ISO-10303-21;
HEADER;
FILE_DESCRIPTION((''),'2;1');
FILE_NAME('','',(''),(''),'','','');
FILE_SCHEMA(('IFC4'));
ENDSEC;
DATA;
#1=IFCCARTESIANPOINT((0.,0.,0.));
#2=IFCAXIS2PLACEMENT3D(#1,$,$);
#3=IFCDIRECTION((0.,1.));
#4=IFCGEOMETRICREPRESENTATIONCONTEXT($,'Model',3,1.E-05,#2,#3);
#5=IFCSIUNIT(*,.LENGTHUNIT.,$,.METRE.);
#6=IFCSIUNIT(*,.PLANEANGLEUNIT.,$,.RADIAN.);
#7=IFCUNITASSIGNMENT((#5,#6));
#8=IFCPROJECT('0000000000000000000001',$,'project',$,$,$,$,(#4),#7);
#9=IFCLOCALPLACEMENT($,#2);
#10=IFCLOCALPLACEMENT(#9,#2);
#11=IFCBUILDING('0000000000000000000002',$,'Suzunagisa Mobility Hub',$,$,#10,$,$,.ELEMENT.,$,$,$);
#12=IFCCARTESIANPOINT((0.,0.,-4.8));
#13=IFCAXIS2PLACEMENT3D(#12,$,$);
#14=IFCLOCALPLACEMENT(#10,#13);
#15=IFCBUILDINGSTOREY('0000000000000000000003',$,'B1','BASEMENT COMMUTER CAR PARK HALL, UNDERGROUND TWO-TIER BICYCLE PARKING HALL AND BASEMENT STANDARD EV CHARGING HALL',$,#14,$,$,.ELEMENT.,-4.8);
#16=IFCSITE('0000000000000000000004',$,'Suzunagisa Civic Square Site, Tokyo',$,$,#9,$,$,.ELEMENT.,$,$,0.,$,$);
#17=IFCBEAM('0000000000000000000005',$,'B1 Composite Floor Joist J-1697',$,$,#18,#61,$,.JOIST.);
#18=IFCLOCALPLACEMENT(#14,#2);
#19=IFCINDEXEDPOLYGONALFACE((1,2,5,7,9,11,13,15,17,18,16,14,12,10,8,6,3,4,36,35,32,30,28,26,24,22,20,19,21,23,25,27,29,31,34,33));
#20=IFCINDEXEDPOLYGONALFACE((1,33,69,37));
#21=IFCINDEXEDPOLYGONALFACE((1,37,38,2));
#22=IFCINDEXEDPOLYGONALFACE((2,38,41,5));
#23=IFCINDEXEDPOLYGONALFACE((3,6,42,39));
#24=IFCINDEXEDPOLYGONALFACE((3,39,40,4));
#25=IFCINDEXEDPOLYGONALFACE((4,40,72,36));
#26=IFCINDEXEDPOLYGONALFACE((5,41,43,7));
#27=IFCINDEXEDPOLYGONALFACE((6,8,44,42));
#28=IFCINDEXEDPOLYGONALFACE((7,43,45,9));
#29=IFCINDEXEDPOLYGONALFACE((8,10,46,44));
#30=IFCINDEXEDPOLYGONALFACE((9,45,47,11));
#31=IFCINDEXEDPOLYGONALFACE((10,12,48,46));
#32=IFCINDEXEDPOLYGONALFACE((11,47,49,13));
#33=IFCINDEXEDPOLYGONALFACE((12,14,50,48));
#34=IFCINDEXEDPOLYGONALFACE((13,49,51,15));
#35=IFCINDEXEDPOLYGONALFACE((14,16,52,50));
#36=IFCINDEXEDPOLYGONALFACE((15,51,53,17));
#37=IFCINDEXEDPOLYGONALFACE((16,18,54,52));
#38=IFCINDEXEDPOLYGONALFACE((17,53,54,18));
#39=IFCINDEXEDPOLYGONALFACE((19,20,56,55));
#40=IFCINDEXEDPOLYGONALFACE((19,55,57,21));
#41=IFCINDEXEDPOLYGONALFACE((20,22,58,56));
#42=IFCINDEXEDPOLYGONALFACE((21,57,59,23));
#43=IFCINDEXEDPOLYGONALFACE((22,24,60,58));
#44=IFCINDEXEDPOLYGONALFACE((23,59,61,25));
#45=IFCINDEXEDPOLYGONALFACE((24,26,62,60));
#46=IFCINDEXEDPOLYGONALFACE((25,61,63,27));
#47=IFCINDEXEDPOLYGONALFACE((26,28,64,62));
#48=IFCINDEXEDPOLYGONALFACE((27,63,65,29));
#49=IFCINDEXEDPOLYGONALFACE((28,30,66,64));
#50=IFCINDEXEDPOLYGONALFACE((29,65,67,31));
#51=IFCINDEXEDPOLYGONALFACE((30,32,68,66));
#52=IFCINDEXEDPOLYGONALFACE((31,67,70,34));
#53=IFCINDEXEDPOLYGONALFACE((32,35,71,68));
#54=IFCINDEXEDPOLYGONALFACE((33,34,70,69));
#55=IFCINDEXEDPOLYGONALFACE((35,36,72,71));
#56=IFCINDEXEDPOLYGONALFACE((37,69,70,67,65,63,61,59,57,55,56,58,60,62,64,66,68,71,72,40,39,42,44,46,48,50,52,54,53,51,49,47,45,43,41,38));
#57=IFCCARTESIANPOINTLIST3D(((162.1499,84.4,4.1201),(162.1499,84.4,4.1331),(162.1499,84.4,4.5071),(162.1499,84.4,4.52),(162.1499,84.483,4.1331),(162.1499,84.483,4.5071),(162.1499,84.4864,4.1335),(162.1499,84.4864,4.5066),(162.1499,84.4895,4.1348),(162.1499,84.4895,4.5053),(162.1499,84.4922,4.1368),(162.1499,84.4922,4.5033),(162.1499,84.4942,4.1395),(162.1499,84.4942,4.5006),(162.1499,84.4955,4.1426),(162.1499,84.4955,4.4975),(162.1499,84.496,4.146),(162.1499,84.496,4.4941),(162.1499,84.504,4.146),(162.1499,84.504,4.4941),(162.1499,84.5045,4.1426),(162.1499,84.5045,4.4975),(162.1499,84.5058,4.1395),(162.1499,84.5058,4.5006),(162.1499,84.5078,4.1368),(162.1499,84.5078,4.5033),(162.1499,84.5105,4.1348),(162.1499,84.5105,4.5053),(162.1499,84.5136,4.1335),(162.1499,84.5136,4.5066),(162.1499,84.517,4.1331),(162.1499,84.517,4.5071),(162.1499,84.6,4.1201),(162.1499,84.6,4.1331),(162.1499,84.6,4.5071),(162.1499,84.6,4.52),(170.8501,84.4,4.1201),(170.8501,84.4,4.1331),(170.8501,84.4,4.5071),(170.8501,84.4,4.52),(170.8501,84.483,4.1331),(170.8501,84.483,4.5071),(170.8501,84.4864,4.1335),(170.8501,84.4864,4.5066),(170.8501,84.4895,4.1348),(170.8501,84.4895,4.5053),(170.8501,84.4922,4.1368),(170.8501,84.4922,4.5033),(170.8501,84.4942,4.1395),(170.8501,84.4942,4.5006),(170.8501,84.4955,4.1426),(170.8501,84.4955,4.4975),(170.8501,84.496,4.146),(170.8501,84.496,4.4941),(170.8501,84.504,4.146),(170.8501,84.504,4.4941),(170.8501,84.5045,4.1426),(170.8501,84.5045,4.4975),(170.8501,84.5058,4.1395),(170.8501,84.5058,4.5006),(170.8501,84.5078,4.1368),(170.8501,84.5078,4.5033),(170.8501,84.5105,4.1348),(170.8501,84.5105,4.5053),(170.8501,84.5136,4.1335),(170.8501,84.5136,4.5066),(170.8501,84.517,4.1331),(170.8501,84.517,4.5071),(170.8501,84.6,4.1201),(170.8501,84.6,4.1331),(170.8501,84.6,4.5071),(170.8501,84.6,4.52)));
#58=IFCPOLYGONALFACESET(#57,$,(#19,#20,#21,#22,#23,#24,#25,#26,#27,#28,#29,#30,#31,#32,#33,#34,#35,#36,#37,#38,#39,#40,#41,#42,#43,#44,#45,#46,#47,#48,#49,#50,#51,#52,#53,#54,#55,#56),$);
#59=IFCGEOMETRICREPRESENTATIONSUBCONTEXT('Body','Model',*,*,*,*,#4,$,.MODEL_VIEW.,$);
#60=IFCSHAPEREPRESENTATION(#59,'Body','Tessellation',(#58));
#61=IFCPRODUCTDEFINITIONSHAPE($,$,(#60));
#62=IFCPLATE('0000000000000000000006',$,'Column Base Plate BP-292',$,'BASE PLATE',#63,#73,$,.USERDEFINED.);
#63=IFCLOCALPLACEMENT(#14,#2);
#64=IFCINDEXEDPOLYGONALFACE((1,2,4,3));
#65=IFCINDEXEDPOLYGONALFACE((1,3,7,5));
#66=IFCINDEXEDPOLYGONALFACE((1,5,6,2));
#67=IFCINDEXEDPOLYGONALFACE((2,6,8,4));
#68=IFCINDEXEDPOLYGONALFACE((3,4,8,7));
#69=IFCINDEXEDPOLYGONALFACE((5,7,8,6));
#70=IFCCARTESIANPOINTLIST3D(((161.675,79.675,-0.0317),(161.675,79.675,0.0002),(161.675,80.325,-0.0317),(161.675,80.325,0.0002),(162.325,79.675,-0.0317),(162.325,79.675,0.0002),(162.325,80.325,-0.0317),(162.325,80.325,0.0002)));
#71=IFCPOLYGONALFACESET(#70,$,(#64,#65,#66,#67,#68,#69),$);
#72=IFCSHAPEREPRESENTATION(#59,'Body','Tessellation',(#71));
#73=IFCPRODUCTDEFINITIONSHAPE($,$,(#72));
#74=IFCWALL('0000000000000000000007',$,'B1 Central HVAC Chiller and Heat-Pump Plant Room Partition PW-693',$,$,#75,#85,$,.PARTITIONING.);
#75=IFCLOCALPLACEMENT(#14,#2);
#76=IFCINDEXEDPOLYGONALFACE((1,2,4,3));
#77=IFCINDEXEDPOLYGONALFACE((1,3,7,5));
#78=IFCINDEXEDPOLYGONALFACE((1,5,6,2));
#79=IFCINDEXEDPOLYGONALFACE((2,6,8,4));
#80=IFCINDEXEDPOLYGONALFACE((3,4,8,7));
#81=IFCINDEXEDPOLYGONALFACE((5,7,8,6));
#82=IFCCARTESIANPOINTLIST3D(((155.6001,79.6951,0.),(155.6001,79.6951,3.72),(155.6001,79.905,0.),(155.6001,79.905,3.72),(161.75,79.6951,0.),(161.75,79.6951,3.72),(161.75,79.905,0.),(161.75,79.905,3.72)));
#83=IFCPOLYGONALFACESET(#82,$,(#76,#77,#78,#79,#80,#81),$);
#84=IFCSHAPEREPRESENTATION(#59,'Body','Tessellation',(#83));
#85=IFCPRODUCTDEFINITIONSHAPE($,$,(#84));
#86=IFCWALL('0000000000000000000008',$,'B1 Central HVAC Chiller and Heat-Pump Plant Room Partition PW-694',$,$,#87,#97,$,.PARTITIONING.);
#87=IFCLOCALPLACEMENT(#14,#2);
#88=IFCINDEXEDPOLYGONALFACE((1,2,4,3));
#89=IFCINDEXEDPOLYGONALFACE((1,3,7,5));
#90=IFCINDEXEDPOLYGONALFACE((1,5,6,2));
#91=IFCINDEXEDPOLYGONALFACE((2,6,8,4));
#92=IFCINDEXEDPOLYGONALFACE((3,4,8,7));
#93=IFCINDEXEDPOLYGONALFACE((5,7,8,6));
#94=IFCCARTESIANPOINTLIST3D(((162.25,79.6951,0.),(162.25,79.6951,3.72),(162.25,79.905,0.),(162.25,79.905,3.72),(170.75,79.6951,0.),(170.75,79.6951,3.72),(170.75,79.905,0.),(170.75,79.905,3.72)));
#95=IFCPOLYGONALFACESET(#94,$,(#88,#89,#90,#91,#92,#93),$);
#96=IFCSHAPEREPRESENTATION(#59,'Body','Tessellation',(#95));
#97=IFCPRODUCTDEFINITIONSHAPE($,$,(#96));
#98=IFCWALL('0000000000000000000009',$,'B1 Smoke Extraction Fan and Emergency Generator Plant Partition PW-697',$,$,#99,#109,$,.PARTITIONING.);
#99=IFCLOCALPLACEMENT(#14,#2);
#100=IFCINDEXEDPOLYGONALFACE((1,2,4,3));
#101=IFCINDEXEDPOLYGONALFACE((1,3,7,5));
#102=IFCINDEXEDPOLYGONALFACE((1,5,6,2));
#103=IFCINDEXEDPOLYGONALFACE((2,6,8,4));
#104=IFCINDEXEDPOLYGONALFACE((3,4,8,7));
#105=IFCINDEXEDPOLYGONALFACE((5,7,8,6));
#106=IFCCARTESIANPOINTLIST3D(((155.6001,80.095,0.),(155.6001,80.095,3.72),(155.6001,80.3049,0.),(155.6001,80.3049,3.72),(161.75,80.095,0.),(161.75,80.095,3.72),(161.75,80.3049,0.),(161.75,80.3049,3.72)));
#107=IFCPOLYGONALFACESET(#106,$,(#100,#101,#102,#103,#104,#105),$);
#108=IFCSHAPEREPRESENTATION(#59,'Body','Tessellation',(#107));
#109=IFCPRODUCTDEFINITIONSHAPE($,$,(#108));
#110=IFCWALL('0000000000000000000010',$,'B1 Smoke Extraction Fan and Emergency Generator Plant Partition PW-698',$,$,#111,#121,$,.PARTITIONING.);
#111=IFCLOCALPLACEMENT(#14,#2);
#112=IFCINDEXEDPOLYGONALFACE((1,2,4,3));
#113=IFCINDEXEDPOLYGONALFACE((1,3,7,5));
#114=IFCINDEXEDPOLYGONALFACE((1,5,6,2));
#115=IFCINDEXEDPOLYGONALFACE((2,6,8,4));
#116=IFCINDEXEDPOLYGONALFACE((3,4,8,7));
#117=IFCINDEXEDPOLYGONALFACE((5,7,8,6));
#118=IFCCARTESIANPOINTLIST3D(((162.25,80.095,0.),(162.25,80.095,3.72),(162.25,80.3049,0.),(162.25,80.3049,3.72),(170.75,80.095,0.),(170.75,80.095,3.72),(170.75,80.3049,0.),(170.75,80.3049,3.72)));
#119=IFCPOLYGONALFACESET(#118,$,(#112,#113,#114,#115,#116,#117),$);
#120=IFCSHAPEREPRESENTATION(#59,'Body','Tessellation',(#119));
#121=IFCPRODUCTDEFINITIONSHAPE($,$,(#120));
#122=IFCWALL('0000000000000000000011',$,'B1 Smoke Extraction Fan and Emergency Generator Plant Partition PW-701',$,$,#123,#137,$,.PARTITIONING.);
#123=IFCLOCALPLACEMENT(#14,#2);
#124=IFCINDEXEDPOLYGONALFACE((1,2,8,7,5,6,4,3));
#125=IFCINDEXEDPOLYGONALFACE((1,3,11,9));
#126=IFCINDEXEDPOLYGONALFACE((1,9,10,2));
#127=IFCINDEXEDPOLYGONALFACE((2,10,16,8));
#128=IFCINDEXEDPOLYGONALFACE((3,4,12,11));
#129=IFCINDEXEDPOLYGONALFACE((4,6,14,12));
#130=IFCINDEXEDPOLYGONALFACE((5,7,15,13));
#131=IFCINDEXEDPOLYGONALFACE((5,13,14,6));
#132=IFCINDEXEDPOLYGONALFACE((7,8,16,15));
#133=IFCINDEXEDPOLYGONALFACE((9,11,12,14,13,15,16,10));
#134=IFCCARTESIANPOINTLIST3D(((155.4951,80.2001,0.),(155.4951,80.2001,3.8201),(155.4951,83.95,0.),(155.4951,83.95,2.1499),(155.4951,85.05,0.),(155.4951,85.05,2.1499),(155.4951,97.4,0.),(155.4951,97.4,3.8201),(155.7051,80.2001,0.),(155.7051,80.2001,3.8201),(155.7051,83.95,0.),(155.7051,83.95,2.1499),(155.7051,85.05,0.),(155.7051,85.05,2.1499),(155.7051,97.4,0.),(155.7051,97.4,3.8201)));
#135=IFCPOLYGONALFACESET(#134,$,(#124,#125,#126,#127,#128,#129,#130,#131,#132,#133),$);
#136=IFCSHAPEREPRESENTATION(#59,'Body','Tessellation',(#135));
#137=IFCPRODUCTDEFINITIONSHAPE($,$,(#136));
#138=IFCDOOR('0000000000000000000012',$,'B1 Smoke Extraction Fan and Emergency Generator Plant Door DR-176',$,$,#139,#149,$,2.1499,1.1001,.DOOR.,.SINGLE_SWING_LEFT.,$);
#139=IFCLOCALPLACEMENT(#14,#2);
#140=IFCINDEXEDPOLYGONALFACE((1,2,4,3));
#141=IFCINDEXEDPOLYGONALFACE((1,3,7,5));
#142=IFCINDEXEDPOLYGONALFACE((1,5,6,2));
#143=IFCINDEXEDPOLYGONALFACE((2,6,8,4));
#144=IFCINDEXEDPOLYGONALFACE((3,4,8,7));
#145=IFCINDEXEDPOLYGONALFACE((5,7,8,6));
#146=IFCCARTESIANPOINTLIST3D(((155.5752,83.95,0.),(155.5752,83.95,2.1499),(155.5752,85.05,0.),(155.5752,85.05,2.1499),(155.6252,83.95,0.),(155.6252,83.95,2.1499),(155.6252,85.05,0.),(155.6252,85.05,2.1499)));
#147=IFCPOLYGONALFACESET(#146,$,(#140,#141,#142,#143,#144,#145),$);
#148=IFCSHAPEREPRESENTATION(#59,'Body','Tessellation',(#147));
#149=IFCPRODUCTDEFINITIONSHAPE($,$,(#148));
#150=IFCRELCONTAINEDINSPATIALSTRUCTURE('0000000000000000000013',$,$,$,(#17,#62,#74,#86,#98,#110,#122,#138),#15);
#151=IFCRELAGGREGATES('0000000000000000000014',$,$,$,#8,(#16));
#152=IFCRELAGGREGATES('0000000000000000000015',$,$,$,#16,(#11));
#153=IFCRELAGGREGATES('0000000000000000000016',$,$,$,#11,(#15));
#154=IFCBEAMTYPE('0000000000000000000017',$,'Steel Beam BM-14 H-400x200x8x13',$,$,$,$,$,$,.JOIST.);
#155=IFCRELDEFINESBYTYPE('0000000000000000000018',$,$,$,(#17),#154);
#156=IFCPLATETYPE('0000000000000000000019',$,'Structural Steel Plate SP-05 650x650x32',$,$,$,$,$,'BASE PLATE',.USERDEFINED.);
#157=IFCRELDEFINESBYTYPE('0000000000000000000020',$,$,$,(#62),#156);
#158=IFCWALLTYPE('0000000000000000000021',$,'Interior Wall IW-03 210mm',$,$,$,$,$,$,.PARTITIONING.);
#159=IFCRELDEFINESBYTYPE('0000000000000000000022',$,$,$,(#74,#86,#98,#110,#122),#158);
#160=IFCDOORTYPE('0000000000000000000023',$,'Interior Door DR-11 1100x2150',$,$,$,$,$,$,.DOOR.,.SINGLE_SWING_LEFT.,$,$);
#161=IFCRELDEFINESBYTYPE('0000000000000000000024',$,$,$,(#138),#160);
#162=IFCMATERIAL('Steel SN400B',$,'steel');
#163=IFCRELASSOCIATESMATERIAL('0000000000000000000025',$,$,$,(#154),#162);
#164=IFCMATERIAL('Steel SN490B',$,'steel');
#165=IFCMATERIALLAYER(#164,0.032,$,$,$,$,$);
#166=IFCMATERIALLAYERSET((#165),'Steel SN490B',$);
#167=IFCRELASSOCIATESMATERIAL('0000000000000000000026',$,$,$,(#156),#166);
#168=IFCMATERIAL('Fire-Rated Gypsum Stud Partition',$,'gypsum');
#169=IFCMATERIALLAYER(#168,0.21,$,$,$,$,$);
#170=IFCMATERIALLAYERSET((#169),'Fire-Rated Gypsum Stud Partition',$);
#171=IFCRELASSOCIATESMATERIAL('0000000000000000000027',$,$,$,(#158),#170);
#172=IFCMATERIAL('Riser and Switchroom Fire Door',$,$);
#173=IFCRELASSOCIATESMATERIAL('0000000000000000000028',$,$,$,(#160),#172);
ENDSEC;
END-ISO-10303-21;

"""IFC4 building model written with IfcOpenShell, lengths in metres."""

from ifc_helpers import new_model, si_unit, direction, frame, frame_2d, origin, origin_2d, place, context, subcontext, project, spatial, rectangle, i_section, extrude, material, layer, layer_set, material_profile, profile_set, type_object, element, fill, save


model = new_model("IFC4")

# Units and contexts
model_context = context("Model", 3, precision=1e-05, world=origin(), true_north=direction((0.0, 1.0)))
body_context = subcontext(model_context, "Body", "Model", "MODEL_VIEW")
ifc_project = project(units=[si_unit("LENGTHUNIT", "METRE"), si_unit("PLANEANGLEUNIT", "RADIAN")], contexts=[model_context])

# Site, building, storey
site_placement = place(None, origin())
site = spatial("IfcSite", under=ifc_project, at=site_placement, Name="Suzunagisa Civic Square Site, Tokyo", CompositionType="ELEMENT", RefElevation=0.0)
building_placement = place(site_placement, origin())
building = spatial("IfcBuilding", under=site, at=building_placement, Name="Suzunagisa Mobility Hub", CompositionType="ELEMENT")
storey_placement = place(building_placement, frame((0.0, 0.0, -4.8)))
storey = spatial("IfcBuildingStorey", under=building, at=storey_placement, Name="B1", Description="BASEMENT COMMUTER CAR PARK HALL, UNDERGROUND TWO-TIER BICYCLE PARKING HALL AND BASEMENT STANDARD EV CHARGING HALL", CompositionType="ELEMENT", Elevation=-4.8)

# Shared definitions
ifc_material_1 = material(Name="Steel SN490B", Category="steel")

# Beam
ifc_material_2 = material(Name="Steel SN400B", Category="steel")
ifc_material_profile_1 = material_profile(ifc_material_2, i_section(OverallWidth=0.2, OverallDepth=0.3999, WebThickness=0.0081, FlangeThickness=0.0129, FilletRadius=0.0129, at=origin_2d()), Name="H-400x200x8x13")
ifc_profile_set_1 = profile_set([ifc_material_profile_1], Name="Steel SN400B")
beam_type_1 = type_object("IfcBeamType", Name="Steel Beam BM-14 H-400x200x8x13", PredefinedType="JOIST", material=ifc_profile_set_1)
for number, where, z_axis, x_axis, name in (
    (1, (162.1499, 84.5, 4.3201), (1.0, 0.0, 0.0), (0.0, 1.0, 0.0), "B1 Composite Floor Joist J-1697"),
):
    element("IfcBeam", number, at=place(storey_placement, frame(where, z_axis=z_axis, x_axis=x_axis)), inside=storey, type_object=beam_type_1, Name=name, PredefinedType="JOIST", context=body_context, shape_type="SweptSolid", body=[
        extrude(i_section(OverallWidth=0.2, OverallDepth=0.3999, WebThickness=0.0081, FlangeThickness=0.0129, FilletRadius=0.0129, at=origin_2d()), origin(), (0.0, 0.0, 1.0), 8.7002),
    ])

# Plate
ifc_layer_1 = layer(ifc_material_1, 0.032)
ifc_layer_set_1 = layer_set([ifc_layer_1], Name="Steel SN490B")
plate_type = type_object("IfcPlateType", Name="Structural Steel Plate SP-05 650x650x32", ElementType="BASE PLATE", PredefinedType="USERDEFINED", material=ifc_layer_set_1)
plate_placement = place(storey_placement, frame((162.0, 80.0, -0.0317), z_axis=(0.0, 0.0, 1.0), x_axis=(1.0, 0.0, 0.0)))
element("IfcPlate", 2, at=plate_placement, inside=storey, type_object=plate_type, Name="Column Base Plate BP-292", ObjectType="BASE PLATE", PredefinedType="USERDEFINED", context=body_context, shape_type="SweptSolid", body=[
    extrude(rectangle(XDim=0.6499, YDim=0.6499, at=origin_2d()), origin(), (0.0, 0.0, 1.0), 0.032),
])

# Walls
ifc_material_3 = material(Name="Fire-Rated Gypsum Stud Partition", Category="gypsum")
ifc_layer_2 = layer(ifc_material_3, 0.21)
ifc_layer_set_2 = layer_set([ifc_layer_2], Name="Fire-Rated Gypsum Stud Partition")
wall_type = type_object("IfcWallType", Name="Interior Wall IW-03 210mm", PredefinedType="PARTITIONING", material=ifc_layer_set_2)
wall_1_placement = place(storey_placement, frame((155.6001, 79.8, 0.0), z_axis=(0.0, 0.0, 1.0), x_axis=(1.0, 0.0, 0.0)))
element("IfcWall", 3, at=wall_1_placement, inside=storey, type_object=wall_type, Name="B1 Central HVAC Chiller and Heat-Pump Plant Room Partition PW-693", PredefinedType="PARTITIONING", context=body_context, shape_type="SweptSolid", body=[
    extrude(rectangle(XDim=6.1499, YDim=0.21, at=frame_2d((3.075, 0.0))), origin(), (0.0, 0.0, 1.0), 3.72),
])
wall_2_placement = place(storey_placement, frame((162.25, 79.8, 0.0), z_axis=(0.0, 0.0, 1.0), x_axis=(1.0, 0.0, 0.0)))
element("IfcWall", 4, at=wall_2_placement, inside=storey, type_object=wall_type, Name="B1 Central HVAC Chiller and Heat-Pump Plant Room Partition PW-694", PredefinedType="PARTITIONING", context=body_context, shape_type="SweptSolid", body=[
    extrude(rectangle(XDim=8.5, YDim=0.21, at=frame_2d((4.25, 0.0))), origin(), (0.0, 0.0, 1.0), 3.72),
])
wall_3_placement = place(storey_placement, frame((155.6001, 80.2, 0.0), z_axis=(0.0, 0.0, 1.0), x_axis=(1.0, 0.0, 0.0)))
element("IfcWall", 5, at=wall_3_placement, inside=storey, type_object=wall_type, Name="B1 Smoke Extraction Fan and Emergency Generator Plant Partition PW-697", PredefinedType="PARTITIONING", context=body_context, shape_type="SweptSolid", body=[
    extrude(rectangle(XDim=6.1499, YDim=0.21, at=frame_2d((3.075, 0.0))), origin(), (0.0, 0.0, 1.0), 3.72),
])
wall_4_placement = place(storey_placement, frame((162.25, 80.2, 0.0), z_axis=(0.0, 0.0, 1.0), x_axis=(1.0, 0.0, 0.0)))
element("IfcWall", 6, at=wall_4_placement, inside=storey, type_object=wall_type, Name="B1 Smoke Extraction Fan and Emergency Generator Plant Partition PW-698", PredefinedType="PARTITIONING", context=body_context, shape_type="SweptSolid", body=[
    extrude(rectangle(XDim=8.5, YDim=0.21, at=frame_2d((4.25, 0.0))), origin(), (0.0, 0.0, 1.0), 3.72),
])

# Wall, opening, door
wall_5_placement = place(storey_placement, frame((155.6001, 80.2, 0.0), z_axis=(0.0, 0.0, 1.0), x_axis=(0.0, 1.0, 0.0)))
wall_5 = element("IfcWall", 7, at=wall_5_placement, inside=storey, type_object=wall_type, Name="B1 Smoke Extraction Fan and Emergency Generator Plant Partition PW-701", PredefinedType="PARTITIONING", context=body_context, shape_type="SweptSolid", body=[
    extrude(rectangle(XDim=17.2, YDim=0.21, at=frame_2d((8.6001, 0.0))), origin(), (0.0, 0.0, 1.0), 3.8201),
])
opening_placement = place(wall_5_placement, frame((3.75, 0.0, 0.0)))
opening = element("IfcOpeningElement", 8, at=opening_placement, cuts=wall_5, PredefinedType="OPENING", context=body_context, shape_type="SweptSolid", body=[
    extrude(rectangle(XDim=1.1001, YDim=2.1499, at=frame_2d((0.55, 1.075))), frame((0.0, 0.116, 0.0), z_axis=(0.0, -1.0, 0.0), x_axis=(1.0, 0.0, 0.0)), (0.0, 0.0, 1.0), 0.2319),
])
ifc_material_4 = material(Name="Riser and Switchroom Fire Door")
door_type = type_object("IfcDoorType", Name="Interior Door DR-11 1100x2150", OperationType="SINGLE_SWING_LEFT", PredefinedType="DOOR", material=ifc_material_4)
door_placement = place(opening_placement, origin())
door = element("IfcDoor", 9, at=door_placement, inside=storey, type_object=door_type, Name="B1 Smoke Extraction Fan and Emergency Generator Plant Door DR-176", OperationType="SINGLE_SWING_LEFT", OverallHeight=2.1499, OverallWidth=1.1001, PredefinedType="DOOR", context=body_context, shape_type="SweptSolid", body=[
    extrude(rectangle(XDim=1.1001, YDim=2.1499, at=frame_2d((0.55, 1.075))), frame((0.0, 0.0249, 0.0), z_axis=(0.0, -1.0, 0.0), x_axis=(1.0, 0.0, 0.0)), (0.0, 0.0, 1.0), 0.05),
])
fill(opening, door)

save(model, "model.ifc")
